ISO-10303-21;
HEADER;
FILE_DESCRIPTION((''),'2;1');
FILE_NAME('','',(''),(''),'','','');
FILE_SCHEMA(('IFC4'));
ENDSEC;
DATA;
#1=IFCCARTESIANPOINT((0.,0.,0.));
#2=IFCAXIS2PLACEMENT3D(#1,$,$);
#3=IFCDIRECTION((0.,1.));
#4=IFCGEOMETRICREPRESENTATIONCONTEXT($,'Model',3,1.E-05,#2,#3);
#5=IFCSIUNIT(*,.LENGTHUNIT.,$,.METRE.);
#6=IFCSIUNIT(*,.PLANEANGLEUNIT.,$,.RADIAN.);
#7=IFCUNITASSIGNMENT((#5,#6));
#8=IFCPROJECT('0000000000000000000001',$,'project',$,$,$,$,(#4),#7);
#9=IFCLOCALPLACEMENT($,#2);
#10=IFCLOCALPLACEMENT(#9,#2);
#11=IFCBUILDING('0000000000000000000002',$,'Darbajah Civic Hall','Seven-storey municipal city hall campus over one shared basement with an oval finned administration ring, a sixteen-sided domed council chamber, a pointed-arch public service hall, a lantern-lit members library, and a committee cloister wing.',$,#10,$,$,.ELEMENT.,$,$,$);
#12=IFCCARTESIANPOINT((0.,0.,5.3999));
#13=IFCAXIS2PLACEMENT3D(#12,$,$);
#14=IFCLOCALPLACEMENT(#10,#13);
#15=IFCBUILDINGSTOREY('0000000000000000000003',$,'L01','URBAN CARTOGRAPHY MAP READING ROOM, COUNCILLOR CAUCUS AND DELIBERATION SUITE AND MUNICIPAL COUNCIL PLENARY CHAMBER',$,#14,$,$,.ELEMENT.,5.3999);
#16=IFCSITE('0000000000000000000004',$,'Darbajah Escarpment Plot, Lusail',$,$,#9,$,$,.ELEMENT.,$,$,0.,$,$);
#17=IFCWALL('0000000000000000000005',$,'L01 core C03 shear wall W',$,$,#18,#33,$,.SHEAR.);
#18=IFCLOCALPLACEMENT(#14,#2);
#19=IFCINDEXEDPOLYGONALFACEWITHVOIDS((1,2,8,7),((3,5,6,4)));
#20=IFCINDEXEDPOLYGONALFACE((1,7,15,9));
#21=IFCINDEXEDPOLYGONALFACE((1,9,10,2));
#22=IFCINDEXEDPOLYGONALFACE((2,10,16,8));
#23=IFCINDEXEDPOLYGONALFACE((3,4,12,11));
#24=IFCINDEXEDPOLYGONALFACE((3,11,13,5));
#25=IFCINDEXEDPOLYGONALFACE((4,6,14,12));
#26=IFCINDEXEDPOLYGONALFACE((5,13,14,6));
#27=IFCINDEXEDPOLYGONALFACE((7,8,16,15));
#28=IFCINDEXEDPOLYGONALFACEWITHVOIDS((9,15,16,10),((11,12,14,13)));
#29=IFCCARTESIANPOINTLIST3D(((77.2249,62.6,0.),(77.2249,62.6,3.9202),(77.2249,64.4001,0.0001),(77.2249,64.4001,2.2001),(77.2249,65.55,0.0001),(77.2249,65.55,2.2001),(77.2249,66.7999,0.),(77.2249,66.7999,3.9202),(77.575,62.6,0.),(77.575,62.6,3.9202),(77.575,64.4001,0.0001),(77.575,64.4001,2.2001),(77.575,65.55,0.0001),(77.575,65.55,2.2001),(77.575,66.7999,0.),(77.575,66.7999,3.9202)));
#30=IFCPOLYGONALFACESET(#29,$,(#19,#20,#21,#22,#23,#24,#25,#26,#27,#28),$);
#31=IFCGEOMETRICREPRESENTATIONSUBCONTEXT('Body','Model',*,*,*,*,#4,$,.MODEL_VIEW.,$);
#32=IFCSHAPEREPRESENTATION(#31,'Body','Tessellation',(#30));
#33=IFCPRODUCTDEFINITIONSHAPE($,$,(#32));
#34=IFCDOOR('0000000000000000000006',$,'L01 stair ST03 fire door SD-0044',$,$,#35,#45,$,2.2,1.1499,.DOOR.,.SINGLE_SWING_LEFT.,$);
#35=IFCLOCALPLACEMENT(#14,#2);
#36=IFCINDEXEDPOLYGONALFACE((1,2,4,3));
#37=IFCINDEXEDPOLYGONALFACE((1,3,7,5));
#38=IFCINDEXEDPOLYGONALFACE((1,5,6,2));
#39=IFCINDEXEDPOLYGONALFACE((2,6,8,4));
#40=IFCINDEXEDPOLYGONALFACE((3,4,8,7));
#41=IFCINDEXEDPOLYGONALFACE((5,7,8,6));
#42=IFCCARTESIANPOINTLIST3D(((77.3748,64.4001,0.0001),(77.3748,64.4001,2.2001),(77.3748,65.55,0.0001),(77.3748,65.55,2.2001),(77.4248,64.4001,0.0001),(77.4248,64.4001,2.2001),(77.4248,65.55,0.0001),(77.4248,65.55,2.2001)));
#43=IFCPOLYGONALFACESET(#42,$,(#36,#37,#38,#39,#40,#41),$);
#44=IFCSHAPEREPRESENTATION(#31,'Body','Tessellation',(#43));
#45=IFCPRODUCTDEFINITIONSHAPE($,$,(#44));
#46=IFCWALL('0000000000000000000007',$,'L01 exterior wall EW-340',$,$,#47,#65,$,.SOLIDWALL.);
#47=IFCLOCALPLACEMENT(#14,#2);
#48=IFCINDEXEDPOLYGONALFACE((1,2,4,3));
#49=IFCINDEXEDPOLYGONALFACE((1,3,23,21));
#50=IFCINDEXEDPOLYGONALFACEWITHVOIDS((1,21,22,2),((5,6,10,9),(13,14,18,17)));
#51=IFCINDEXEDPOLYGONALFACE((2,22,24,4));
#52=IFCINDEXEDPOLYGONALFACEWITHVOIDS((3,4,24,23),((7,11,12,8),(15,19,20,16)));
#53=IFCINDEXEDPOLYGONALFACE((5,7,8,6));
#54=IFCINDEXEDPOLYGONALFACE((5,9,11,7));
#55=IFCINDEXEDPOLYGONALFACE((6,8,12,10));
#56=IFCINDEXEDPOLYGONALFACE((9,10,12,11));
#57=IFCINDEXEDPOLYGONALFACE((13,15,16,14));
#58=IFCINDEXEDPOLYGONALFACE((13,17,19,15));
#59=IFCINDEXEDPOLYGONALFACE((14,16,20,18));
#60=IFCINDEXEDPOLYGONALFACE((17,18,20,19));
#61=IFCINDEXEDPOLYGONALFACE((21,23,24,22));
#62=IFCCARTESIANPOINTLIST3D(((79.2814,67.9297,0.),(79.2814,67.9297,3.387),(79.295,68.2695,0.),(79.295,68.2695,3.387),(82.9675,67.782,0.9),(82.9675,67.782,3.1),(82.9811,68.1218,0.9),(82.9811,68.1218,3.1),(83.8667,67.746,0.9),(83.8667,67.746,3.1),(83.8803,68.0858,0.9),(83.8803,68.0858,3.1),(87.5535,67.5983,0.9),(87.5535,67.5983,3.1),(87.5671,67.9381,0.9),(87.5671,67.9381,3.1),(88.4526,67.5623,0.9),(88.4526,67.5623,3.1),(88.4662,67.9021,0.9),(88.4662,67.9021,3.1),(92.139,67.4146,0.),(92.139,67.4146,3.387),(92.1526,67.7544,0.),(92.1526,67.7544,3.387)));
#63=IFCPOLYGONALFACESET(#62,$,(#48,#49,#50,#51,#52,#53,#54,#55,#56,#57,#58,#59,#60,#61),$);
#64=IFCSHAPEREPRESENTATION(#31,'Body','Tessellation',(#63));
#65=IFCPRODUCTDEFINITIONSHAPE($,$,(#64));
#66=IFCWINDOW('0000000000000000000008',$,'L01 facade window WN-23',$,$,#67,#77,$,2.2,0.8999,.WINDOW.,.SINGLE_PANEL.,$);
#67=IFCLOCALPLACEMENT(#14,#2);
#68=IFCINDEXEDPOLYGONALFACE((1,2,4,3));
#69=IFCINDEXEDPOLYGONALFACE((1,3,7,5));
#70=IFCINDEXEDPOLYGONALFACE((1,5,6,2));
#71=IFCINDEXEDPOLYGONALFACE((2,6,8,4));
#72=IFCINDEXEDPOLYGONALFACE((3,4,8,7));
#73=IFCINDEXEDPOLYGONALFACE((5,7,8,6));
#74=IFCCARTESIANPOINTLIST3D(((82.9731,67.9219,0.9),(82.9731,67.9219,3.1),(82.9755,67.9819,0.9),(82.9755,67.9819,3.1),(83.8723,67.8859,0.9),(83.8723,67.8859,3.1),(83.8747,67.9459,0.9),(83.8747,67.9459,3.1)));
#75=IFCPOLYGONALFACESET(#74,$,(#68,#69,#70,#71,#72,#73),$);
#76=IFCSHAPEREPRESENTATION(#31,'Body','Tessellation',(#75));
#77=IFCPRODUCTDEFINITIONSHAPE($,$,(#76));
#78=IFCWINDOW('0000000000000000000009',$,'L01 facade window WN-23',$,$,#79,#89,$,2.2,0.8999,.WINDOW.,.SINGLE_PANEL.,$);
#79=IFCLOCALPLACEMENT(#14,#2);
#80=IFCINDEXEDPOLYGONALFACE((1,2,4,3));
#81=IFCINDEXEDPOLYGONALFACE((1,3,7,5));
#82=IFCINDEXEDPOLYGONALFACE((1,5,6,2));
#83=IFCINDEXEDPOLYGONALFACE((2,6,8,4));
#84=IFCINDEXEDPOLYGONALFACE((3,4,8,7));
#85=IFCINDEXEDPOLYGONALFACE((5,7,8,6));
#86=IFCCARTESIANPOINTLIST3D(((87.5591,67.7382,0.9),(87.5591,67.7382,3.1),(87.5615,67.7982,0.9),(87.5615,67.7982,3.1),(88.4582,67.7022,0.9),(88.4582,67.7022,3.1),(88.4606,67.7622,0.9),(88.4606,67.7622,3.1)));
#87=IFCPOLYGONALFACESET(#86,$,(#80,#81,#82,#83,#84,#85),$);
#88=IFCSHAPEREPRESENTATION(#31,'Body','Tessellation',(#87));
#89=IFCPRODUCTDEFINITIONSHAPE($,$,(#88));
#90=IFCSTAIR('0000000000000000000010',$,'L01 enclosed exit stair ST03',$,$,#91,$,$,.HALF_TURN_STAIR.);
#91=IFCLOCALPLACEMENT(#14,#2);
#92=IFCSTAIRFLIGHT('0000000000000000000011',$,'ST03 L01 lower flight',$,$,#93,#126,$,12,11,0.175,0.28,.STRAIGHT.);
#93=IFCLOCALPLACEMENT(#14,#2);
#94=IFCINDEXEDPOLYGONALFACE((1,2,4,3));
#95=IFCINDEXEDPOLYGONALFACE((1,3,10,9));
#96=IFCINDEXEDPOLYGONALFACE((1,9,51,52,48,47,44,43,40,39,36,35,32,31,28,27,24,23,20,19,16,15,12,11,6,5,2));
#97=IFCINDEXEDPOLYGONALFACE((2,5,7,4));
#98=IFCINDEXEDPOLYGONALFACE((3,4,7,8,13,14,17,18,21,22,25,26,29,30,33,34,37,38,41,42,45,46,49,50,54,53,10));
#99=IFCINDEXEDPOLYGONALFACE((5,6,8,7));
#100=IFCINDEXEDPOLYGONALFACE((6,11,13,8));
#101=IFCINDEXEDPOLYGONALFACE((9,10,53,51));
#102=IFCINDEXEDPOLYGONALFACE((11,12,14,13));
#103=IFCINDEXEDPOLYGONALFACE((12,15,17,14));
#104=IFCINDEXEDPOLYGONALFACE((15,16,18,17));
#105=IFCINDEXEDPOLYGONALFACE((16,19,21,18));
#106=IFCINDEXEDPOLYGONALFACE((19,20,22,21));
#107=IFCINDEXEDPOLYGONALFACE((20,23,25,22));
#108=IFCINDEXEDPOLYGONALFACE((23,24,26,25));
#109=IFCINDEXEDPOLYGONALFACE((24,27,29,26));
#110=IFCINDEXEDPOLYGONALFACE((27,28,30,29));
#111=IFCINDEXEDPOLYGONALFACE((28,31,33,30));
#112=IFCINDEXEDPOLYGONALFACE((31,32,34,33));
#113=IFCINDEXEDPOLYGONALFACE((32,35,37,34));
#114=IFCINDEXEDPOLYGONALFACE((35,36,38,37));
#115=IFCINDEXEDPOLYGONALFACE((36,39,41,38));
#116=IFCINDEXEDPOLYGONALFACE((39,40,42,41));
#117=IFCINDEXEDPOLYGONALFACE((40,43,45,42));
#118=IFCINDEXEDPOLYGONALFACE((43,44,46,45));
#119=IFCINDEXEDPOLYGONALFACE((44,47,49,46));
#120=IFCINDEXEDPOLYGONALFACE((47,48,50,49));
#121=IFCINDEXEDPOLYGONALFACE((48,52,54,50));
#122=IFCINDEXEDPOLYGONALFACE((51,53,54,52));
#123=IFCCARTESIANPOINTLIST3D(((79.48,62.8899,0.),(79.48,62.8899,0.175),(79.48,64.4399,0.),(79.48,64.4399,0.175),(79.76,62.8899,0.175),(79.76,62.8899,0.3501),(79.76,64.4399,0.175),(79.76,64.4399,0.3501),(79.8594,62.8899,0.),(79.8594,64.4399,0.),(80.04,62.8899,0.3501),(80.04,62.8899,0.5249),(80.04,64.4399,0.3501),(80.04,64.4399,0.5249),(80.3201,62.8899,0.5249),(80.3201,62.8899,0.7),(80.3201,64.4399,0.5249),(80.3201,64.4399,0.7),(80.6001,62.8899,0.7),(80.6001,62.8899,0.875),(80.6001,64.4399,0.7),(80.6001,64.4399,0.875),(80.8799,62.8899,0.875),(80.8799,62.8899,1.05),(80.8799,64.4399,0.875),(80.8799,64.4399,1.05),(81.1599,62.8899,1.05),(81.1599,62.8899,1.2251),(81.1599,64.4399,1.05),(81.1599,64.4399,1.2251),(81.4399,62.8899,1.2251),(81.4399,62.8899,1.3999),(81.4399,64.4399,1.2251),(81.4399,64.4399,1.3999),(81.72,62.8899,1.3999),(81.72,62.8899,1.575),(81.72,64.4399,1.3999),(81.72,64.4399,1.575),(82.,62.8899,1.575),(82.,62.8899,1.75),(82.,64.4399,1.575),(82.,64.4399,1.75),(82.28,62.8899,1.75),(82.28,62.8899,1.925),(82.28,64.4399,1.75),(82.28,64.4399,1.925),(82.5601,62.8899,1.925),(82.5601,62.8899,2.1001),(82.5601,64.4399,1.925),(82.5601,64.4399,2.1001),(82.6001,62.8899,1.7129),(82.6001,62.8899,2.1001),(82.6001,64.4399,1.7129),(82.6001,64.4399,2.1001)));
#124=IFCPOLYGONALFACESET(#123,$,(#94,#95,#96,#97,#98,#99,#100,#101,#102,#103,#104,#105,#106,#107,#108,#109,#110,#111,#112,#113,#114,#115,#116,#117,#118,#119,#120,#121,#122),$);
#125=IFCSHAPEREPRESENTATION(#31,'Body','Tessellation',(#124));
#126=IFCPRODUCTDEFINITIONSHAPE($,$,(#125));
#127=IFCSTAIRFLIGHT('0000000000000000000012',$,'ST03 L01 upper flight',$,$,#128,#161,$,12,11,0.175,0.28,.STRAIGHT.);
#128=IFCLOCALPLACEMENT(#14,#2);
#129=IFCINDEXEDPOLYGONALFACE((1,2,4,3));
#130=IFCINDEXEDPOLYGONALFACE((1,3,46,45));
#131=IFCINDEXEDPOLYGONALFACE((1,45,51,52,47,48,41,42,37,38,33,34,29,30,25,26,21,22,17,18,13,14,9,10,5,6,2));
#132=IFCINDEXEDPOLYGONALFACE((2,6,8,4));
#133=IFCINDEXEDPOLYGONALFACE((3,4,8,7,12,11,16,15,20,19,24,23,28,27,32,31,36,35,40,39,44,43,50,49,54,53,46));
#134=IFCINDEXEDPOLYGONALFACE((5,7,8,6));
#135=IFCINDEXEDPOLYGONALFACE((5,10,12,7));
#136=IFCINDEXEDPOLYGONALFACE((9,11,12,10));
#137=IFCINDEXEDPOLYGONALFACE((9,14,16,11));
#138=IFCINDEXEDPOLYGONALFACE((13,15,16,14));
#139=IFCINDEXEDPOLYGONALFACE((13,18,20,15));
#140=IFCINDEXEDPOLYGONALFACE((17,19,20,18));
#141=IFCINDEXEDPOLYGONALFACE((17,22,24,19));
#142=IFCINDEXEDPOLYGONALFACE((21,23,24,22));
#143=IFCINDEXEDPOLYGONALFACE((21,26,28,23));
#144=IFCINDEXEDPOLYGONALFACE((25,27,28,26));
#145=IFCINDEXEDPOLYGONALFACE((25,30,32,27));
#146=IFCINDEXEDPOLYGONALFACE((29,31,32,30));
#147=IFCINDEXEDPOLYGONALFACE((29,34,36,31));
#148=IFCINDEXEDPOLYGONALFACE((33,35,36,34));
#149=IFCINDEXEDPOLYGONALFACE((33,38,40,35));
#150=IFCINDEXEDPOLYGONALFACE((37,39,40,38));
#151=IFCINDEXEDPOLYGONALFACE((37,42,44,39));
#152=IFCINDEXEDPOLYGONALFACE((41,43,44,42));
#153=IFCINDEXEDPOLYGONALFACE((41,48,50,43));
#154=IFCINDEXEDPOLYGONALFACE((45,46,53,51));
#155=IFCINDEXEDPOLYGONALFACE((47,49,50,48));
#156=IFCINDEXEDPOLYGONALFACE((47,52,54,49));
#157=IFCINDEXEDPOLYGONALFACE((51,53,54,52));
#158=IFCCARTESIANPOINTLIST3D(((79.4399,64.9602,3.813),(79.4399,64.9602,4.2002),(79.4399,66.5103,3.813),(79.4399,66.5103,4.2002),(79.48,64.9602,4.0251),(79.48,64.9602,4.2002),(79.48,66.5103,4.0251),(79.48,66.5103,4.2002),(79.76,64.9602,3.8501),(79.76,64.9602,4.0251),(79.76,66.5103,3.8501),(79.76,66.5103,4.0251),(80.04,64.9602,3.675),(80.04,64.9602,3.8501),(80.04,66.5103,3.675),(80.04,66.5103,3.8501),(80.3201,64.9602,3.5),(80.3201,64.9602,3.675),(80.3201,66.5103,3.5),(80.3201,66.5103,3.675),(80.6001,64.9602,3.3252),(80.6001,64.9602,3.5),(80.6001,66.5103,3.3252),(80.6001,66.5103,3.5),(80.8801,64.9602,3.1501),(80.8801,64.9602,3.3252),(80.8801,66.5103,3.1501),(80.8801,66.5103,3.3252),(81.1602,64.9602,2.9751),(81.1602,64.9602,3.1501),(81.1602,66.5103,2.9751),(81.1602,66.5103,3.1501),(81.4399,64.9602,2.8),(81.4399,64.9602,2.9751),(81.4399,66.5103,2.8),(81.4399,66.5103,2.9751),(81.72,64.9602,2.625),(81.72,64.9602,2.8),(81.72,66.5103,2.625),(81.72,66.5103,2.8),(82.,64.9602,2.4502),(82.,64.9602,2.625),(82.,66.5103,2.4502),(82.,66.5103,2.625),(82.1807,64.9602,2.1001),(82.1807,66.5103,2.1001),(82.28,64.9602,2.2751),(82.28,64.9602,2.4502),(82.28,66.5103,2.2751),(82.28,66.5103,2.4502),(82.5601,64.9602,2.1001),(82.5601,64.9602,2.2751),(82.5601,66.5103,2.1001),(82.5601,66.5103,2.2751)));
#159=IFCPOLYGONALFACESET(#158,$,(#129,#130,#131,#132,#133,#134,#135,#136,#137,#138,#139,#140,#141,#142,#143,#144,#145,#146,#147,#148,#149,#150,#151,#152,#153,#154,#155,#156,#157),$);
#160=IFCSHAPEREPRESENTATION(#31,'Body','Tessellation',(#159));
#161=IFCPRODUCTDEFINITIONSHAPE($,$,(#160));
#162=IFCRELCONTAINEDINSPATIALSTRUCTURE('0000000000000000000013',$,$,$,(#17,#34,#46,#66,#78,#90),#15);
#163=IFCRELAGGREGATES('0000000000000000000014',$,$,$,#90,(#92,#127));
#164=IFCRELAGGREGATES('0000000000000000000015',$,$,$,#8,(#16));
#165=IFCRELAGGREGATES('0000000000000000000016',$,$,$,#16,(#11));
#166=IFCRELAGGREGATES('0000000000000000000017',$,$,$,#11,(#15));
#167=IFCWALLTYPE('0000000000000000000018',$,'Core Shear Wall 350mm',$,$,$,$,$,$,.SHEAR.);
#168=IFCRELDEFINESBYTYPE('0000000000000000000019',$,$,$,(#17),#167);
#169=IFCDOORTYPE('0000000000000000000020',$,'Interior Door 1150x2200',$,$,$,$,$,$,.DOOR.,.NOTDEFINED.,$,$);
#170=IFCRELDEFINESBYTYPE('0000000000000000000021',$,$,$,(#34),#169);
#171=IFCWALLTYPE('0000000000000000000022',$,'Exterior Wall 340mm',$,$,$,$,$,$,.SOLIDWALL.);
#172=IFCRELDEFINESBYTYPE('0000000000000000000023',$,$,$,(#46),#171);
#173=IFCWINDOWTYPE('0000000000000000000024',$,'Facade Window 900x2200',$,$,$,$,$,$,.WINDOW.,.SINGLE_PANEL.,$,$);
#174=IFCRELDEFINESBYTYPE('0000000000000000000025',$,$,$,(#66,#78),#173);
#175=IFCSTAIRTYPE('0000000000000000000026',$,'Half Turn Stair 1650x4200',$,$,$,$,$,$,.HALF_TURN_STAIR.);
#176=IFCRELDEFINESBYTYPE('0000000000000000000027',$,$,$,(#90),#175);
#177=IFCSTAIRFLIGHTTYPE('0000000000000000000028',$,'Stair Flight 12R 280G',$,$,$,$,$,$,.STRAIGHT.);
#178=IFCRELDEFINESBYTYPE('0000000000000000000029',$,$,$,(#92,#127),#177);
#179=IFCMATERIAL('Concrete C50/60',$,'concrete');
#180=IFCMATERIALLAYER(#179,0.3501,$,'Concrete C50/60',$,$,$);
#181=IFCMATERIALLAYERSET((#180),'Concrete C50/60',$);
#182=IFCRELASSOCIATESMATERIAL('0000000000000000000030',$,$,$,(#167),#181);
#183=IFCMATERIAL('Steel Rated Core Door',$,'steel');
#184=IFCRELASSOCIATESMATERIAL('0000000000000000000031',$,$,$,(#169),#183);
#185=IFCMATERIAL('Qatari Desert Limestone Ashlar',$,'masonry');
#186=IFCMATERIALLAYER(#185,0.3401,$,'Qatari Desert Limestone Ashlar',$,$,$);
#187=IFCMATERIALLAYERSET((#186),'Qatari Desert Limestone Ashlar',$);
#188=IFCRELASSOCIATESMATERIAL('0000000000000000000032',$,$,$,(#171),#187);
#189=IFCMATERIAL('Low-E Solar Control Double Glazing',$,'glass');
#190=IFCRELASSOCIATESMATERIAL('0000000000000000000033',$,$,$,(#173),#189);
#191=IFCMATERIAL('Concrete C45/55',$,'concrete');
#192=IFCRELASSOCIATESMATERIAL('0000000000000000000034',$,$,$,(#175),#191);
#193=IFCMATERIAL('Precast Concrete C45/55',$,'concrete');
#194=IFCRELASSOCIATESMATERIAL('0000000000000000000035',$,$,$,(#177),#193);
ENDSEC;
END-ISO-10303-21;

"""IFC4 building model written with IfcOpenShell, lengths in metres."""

from ifc_helpers import new_model, si_unit, direction, frame, frame_2d, origin, place, context, subcontext, project, spatial, polyline, rectangle, outline, extrude, material, layer, layer_set, type_object, element, fill, aggregate, save


model = new_model("IFC4")

# Units and contexts
model_context = context("Model", 3, precision=1e-05, world=origin(), true_north=direction((0.0, 1.0)))
body_context = subcontext(model_context, "Body", "Model", "MODEL_VIEW")
ifc_project = project(units=[si_unit("LENGTHUNIT", "METRE"), si_unit("PLANEANGLEUNIT", "RADIAN")], contexts=[model_context])

# Site, building, storey
site_placement = place(None, origin())
site = spatial("IfcSite", under=ifc_project, at=site_placement, Name="Darbajah Escarpment Plot, Lusail", CompositionType="ELEMENT", RefElevation=0.0)
building_placement = place(site_placement, origin())
building = spatial("IfcBuilding", under=site, at=building_placement, Name="Darbajah Civic Hall", Description="Seven-storey municipal city hall campus over one shared basement with an oval finned administration ring, a sixteen-sided domed council chamber, a pointed-arch public service hall, a lantern-lit members library, and a committee cloister wing.", CompositionType="ELEMENT")
storey_placement = place(building_placement, frame((0.0, 0.0, 5.3999)))
storey = spatial("IfcBuildingStorey", under=building, at=storey_placement, Name="L01", Description="URBAN CARTOGRAPHY MAP READING ROOM, COUNCILLOR CAUCUS AND DELIBERATION SUITE AND MUNICIPAL COUNCIL PLENARY CHAMBER", CompositionType="ELEMENT", Elevation=5.3999)

# Shared definitions
ifc_material_1 = material(Name="Concrete C45/55", Category="concrete")
ifc_material_2 = material(Name="Concrete C50/60", Category="concrete")

# Shared definitions
ifc_material_3 = material(Name="Low-E Solar Control Double Glazing", Category="glass")

# Shared definitions
ifc_layer_1 = layer(ifc_material_2, 0.3501, Name="Concrete C50/60")
ifc_layer_set_1 = layer_set([ifc_layer_1], Name="Concrete C50/60")
wall_type_1 = type_object("IfcWallType", Name="Core Shear Wall 350mm", PredefinedType="SHEAR", material=ifc_layer_set_1)

# Wall, opening, door
wall_1_placement = place(storey_placement, frame((77.3999, 66.8, 0.0), z_axis=(0.0, 0.0, 1.0), x_axis=(0.0, -1.0, 0.0)))
wall_1 = element("IfcWall", 1, at=wall_1_placement, inside=storey, type_object=wall_type_1, Name="L01 core C03 shear wall W", PredefinedType="SHEAR", context=body_context, shape_type="SweptSolid", body=[
    extrude(rectangle(XDim=4.2, YDim=0.3501, at=frame_2d((2.1001, 0.0))), origin(), (0.0, 0.0, 1.0), 3.9202),
])
opening_1_placement = place(wall_1_placement, frame((1.25, 0.0, 0.0)))
opening_1 = element("IfcOpeningElement", 2, at=opening_1_placement, cuts=wall_1, PredefinedType="OPENING", context=body_context, shape_type="SweptSolid", body=[
    extrude(rectangle(XDim=1.1499, YDim=2.2, at=frame_2d((0.575, 1.1001))), frame((0.0, 0.1851, 0.0), z_axis=(0.0, -1.0, 0.0), x_axis=(1.0, 0.0, 0.0)), (0.0, 0.0, 1.0), 0.3701),
])
ifc_material_4 = material(Name="Steel Rated Core Door", Category="steel")
door_type = type_object("IfcDoorType", Name="Interior Door 1150x2200", OperationType="NOTDEFINED", PredefinedType="DOOR", material=ifc_material_4)
door_placement = place(opening_1_placement, origin())
door = element("IfcDoor", 3, at=door_placement, inside=storey, type_object=door_type, Name="L01 stair ST03 fire door SD-0044", OperationType="SINGLE_SWING_LEFT", OverallHeight=2.2, OverallWidth=1.1499, PredefinedType="DOOR", context=body_context, shape_type="SweptSolid", body=[
    extrude(rectangle(XDim=1.1499, YDim=2.2, at=frame_2d((0.575, 1.1001))), frame((0.0, 0.0249, 0.0), z_axis=(0.0, -1.0, 0.0), x_axis=(1.0, 0.0, 0.0)), (0.0, 0.0, 1.0), 0.05),
])
fill(opening_1, door)

# Wall, openings, windows
ifc_material_5 = material(Name="Qatari Desert Limestone Ashlar", Category="masonry")
ifc_layer_2 = layer(ifc_material_5, 0.3401, Name="Qatari Desert Limestone Ashlar")
ifc_layer_set_2 = layer_set([ifc_layer_2], Name="Qatari Desert Limestone Ashlar")
wall_type_2 = type_object("IfcWallType", Name="Exterior Wall 340mm", PredefinedType="SOLIDWALL", material=ifc_layer_set_2)
wall_2_placement = place(storey_placement, frame((79.2881, 68.0996, 0.0), z_axis=(0.0, 0.0, 1.0), x_axis=(0.999198, -0.040032, 0.0)))
wall_2 = element("IfcWall", 4, at=wall_2_placement, inside=storey, type_object=wall_type_2, Name="L01 exterior wall EW-340", PredefinedType="SOLIDWALL", context=body_context, shape_type="SweptSolid", body=[
    extrude(rectangle(XDim=12.8679, YDim=0.3401, at=frame_2d((6.4341, 0.0))), origin(), (0.0, 0.0, 1.0), 3.387),
])
opening_2_placement = place(wall_2_placement, frame((3.6892, 0.0, 0.8999)))
opening_2 = element("IfcOpeningElement", 5, at=opening_2_placement, cuts=wall_2, PredefinedType="OPENING", context=body_context, shape_type="SweptSolid", body=[
    extrude(rectangle(XDim=0.8999, YDim=2.2, at=frame_2d((0.45, 1.1001))), frame((0.0, 0.1799, 0.0), z_axis=(0.0, -1.0, 0.0), x_axis=(1.0, 0.0, 0.0)), (0.0, 0.0, 1.0), 0.3601),
])
opening_3_placement = place(wall_2_placement, frame((8.2788, 0.0, 0.8999)))
opening_3 = element("IfcOpeningElement", 6, at=opening_3_placement, cuts=wall_2, PredefinedType="OPENING", context=body_context, shape_type="SweptSolid", body=[
    extrude(rectangle(XDim=0.8999, YDim=2.2, at=frame_2d((0.45, 1.1001))), frame((0.0, 0.1799, 0.0), z_axis=(0.0, -1.0, 0.0), x_axis=(1.0, 0.0, 0.0)), (0.0, 0.0, 1.0), 0.3601),
])
window_type = type_object("IfcWindowType", Name="Facade Window 900x2200", PartitioningType="SINGLE_PANEL", PredefinedType="WINDOW", material=ifc_material_3)
window_1_placement = place(opening_2_placement, origin())
window_1 = element("IfcWindow", 7, at=window_1_placement, inside=storey, type_object=window_type, Name="L01 facade window WN-23", OverallHeight=2.2, OverallWidth=0.8999, PartitioningType="SINGLE_PANEL", PredefinedType="WINDOW", context=body_context, shape_type="SweptSolid", body=[
    extrude(rectangle(XDim=0.8999, YDim=2.2, at=frame_2d((0.45, 1.1001))), frame((0.0, 0.03, 0.0), z_axis=(0.0, -1.0, 0.0), x_axis=(1.0, 0.0, 0.0)), (0.0, 0.0, 1.0), 0.0601),
])
fill(opening_2, window_1)
window_2_placement = place(opening_3_placement, origin())
window_2 = element("IfcWindow", 8, at=window_2_placement, inside=storey, type_object=window_type, Name="L01 facade window WN-23", OverallHeight=2.2, OverallWidth=0.8999, PartitioningType="SINGLE_PANEL", PredefinedType="WINDOW", context=body_context, shape_type="SweptSolid", body=[
    extrude(rectangle(XDim=0.8999, YDim=2.2, at=frame_2d((0.45, 1.1001))), frame((0.0, 0.03, 0.0), z_axis=(0.0, -1.0, 0.0), x_axis=(1.0, 0.0, 0.0)), (0.0, 0.0, 1.0), 0.0601),
])
fill(opening_3, window_2)

# Stair, stair flights
stair_type = type_object("IfcStairType", Name="Half Turn Stair 1650x4200", PredefinedType="HALF_TURN_STAIR", material=ifc_material_1)
stair_placement = place(storey_placement, origin())
stair = element("IfcStair", 9, at=stair_placement, inside=storey, type_object=stair_type, Name="L01 enclosed exit stair ST03", PredefinedType="HALF_TURN_STAIR")
ifc_material_6 = material(Name="Precast Concrete C45/55", Category="concrete")
stair_flight_type = type_object("IfcStairFlightType", Name="Stair Flight 12R 280G", PredefinedType="STRAIGHT", material=ifc_material_6)
stair_flight_1_placement = place(storey_placement, frame((79.48, 63.665, 0.0), z_axis=(0.0, 0.0, 1.0), x_axis=(1.0, 0.0, 0.0)))
stair_flight_1 = element("IfcStairFlight", 10, at=stair_flight_1_placement, type_object=stair_flight_type, Name="ST03 L01 lower flight", NumberOfRisers=12, NumberOfTreads=11, PredefinedType="STRAIGHT", RiserHeight=0.175, TreadLength=0.28, context=body_context, shape_type="SweptSolid", body=[
    extrude(outline(polyline([(0.0, 0.0), (0.0, 0.175), (0.28, 0.175), (0.28, 0.3501), (0.5601, 0.3501), (0.5601, 0.5249), (0.8401, 0.5249), (0.8401, 0.7), (1.1201, 0.7), (1.1201, 0.875), (1.3999, 0.875), (1.3999, 1.05), (1.6799, 1.05), (1.6799, 1.2251), (1.96, 1.2251), (1.96, 1.3999), (2.24, 1.3999), (2.24, 1.575), (2.52, 1.575), (2.52, 1.75), (2.8, 1.75), (2.8, 1.925), (3.0801, 1.925), (3.0801, 2.1001), (3.1201, 2.1001), (3.1201, 1.7129), (0.3794, 0.0), (0.0, 0.0)])), frame((0.0, 0.7749, 0.0), z_axis=(0.0, -1.0, 0.0), x_axis=(1.0, 0.0, 0.0)), (0.0, 0.0, 1.0), 1.55),
])
stair_flight_2_placement = place(storey_placement, frame((82.5601, 65.7351, 2.1001), z_axis=(0.0, 0.0, 1.0), x_axis=(-1.0, 0.0, 0.0)))
stair_flight_2 = element("IfcStairFlight", 11, at=stair_flight_2_placement, type_object=stair_flight_type, Name="ST03 L01 upper flight", NumberOfRisers=12, NumberOfTreads=11, PredefinedType="STRAIGHT", RiserHeight=0.175, TreadLength=0.28, context=body_context, shape_type="SweptSolid", body=[
    extrude(outline(polyline([(0.0, 0.0), (0.0, 0.175), (0.28, 0.175), (0.28, 0.3501), (0.5601, 0.3501), (0.5601, 0.5249), (0.8401, 0.5249), (0.8401, 0.7), (1.1201, 0.7), (1.1201, 0.875), (1.3999, 0.875), (1.3999, 1.05), (1.6799, 1.05), (1.6799, 1.2251), (1.96, 1.2251), (1.96, 1.3999), (2.24, 1.3999), (2.24, 1.575), (2.52, 1.575), (2.52, 1.75), (2.8, 1.75), (2.8, 1.925), (3.0801, 1.925), (3.0801, 2.1001), (3.1201, 2.1001), (3.1201, 1.7129), (0.3794, 0.0), (0.0, 0.0)])), frame((0.0, 0.7749, 0.0), z_axis=(0.0, -1.0, 0.0), x_axis=(1.0, 0.0, 0.0)), (0.0, 0.0, 1.0), 1.55),
])
aggregate(stair, [stair_flight_1, stair_flight_2])

save(model, "model.ifc")
